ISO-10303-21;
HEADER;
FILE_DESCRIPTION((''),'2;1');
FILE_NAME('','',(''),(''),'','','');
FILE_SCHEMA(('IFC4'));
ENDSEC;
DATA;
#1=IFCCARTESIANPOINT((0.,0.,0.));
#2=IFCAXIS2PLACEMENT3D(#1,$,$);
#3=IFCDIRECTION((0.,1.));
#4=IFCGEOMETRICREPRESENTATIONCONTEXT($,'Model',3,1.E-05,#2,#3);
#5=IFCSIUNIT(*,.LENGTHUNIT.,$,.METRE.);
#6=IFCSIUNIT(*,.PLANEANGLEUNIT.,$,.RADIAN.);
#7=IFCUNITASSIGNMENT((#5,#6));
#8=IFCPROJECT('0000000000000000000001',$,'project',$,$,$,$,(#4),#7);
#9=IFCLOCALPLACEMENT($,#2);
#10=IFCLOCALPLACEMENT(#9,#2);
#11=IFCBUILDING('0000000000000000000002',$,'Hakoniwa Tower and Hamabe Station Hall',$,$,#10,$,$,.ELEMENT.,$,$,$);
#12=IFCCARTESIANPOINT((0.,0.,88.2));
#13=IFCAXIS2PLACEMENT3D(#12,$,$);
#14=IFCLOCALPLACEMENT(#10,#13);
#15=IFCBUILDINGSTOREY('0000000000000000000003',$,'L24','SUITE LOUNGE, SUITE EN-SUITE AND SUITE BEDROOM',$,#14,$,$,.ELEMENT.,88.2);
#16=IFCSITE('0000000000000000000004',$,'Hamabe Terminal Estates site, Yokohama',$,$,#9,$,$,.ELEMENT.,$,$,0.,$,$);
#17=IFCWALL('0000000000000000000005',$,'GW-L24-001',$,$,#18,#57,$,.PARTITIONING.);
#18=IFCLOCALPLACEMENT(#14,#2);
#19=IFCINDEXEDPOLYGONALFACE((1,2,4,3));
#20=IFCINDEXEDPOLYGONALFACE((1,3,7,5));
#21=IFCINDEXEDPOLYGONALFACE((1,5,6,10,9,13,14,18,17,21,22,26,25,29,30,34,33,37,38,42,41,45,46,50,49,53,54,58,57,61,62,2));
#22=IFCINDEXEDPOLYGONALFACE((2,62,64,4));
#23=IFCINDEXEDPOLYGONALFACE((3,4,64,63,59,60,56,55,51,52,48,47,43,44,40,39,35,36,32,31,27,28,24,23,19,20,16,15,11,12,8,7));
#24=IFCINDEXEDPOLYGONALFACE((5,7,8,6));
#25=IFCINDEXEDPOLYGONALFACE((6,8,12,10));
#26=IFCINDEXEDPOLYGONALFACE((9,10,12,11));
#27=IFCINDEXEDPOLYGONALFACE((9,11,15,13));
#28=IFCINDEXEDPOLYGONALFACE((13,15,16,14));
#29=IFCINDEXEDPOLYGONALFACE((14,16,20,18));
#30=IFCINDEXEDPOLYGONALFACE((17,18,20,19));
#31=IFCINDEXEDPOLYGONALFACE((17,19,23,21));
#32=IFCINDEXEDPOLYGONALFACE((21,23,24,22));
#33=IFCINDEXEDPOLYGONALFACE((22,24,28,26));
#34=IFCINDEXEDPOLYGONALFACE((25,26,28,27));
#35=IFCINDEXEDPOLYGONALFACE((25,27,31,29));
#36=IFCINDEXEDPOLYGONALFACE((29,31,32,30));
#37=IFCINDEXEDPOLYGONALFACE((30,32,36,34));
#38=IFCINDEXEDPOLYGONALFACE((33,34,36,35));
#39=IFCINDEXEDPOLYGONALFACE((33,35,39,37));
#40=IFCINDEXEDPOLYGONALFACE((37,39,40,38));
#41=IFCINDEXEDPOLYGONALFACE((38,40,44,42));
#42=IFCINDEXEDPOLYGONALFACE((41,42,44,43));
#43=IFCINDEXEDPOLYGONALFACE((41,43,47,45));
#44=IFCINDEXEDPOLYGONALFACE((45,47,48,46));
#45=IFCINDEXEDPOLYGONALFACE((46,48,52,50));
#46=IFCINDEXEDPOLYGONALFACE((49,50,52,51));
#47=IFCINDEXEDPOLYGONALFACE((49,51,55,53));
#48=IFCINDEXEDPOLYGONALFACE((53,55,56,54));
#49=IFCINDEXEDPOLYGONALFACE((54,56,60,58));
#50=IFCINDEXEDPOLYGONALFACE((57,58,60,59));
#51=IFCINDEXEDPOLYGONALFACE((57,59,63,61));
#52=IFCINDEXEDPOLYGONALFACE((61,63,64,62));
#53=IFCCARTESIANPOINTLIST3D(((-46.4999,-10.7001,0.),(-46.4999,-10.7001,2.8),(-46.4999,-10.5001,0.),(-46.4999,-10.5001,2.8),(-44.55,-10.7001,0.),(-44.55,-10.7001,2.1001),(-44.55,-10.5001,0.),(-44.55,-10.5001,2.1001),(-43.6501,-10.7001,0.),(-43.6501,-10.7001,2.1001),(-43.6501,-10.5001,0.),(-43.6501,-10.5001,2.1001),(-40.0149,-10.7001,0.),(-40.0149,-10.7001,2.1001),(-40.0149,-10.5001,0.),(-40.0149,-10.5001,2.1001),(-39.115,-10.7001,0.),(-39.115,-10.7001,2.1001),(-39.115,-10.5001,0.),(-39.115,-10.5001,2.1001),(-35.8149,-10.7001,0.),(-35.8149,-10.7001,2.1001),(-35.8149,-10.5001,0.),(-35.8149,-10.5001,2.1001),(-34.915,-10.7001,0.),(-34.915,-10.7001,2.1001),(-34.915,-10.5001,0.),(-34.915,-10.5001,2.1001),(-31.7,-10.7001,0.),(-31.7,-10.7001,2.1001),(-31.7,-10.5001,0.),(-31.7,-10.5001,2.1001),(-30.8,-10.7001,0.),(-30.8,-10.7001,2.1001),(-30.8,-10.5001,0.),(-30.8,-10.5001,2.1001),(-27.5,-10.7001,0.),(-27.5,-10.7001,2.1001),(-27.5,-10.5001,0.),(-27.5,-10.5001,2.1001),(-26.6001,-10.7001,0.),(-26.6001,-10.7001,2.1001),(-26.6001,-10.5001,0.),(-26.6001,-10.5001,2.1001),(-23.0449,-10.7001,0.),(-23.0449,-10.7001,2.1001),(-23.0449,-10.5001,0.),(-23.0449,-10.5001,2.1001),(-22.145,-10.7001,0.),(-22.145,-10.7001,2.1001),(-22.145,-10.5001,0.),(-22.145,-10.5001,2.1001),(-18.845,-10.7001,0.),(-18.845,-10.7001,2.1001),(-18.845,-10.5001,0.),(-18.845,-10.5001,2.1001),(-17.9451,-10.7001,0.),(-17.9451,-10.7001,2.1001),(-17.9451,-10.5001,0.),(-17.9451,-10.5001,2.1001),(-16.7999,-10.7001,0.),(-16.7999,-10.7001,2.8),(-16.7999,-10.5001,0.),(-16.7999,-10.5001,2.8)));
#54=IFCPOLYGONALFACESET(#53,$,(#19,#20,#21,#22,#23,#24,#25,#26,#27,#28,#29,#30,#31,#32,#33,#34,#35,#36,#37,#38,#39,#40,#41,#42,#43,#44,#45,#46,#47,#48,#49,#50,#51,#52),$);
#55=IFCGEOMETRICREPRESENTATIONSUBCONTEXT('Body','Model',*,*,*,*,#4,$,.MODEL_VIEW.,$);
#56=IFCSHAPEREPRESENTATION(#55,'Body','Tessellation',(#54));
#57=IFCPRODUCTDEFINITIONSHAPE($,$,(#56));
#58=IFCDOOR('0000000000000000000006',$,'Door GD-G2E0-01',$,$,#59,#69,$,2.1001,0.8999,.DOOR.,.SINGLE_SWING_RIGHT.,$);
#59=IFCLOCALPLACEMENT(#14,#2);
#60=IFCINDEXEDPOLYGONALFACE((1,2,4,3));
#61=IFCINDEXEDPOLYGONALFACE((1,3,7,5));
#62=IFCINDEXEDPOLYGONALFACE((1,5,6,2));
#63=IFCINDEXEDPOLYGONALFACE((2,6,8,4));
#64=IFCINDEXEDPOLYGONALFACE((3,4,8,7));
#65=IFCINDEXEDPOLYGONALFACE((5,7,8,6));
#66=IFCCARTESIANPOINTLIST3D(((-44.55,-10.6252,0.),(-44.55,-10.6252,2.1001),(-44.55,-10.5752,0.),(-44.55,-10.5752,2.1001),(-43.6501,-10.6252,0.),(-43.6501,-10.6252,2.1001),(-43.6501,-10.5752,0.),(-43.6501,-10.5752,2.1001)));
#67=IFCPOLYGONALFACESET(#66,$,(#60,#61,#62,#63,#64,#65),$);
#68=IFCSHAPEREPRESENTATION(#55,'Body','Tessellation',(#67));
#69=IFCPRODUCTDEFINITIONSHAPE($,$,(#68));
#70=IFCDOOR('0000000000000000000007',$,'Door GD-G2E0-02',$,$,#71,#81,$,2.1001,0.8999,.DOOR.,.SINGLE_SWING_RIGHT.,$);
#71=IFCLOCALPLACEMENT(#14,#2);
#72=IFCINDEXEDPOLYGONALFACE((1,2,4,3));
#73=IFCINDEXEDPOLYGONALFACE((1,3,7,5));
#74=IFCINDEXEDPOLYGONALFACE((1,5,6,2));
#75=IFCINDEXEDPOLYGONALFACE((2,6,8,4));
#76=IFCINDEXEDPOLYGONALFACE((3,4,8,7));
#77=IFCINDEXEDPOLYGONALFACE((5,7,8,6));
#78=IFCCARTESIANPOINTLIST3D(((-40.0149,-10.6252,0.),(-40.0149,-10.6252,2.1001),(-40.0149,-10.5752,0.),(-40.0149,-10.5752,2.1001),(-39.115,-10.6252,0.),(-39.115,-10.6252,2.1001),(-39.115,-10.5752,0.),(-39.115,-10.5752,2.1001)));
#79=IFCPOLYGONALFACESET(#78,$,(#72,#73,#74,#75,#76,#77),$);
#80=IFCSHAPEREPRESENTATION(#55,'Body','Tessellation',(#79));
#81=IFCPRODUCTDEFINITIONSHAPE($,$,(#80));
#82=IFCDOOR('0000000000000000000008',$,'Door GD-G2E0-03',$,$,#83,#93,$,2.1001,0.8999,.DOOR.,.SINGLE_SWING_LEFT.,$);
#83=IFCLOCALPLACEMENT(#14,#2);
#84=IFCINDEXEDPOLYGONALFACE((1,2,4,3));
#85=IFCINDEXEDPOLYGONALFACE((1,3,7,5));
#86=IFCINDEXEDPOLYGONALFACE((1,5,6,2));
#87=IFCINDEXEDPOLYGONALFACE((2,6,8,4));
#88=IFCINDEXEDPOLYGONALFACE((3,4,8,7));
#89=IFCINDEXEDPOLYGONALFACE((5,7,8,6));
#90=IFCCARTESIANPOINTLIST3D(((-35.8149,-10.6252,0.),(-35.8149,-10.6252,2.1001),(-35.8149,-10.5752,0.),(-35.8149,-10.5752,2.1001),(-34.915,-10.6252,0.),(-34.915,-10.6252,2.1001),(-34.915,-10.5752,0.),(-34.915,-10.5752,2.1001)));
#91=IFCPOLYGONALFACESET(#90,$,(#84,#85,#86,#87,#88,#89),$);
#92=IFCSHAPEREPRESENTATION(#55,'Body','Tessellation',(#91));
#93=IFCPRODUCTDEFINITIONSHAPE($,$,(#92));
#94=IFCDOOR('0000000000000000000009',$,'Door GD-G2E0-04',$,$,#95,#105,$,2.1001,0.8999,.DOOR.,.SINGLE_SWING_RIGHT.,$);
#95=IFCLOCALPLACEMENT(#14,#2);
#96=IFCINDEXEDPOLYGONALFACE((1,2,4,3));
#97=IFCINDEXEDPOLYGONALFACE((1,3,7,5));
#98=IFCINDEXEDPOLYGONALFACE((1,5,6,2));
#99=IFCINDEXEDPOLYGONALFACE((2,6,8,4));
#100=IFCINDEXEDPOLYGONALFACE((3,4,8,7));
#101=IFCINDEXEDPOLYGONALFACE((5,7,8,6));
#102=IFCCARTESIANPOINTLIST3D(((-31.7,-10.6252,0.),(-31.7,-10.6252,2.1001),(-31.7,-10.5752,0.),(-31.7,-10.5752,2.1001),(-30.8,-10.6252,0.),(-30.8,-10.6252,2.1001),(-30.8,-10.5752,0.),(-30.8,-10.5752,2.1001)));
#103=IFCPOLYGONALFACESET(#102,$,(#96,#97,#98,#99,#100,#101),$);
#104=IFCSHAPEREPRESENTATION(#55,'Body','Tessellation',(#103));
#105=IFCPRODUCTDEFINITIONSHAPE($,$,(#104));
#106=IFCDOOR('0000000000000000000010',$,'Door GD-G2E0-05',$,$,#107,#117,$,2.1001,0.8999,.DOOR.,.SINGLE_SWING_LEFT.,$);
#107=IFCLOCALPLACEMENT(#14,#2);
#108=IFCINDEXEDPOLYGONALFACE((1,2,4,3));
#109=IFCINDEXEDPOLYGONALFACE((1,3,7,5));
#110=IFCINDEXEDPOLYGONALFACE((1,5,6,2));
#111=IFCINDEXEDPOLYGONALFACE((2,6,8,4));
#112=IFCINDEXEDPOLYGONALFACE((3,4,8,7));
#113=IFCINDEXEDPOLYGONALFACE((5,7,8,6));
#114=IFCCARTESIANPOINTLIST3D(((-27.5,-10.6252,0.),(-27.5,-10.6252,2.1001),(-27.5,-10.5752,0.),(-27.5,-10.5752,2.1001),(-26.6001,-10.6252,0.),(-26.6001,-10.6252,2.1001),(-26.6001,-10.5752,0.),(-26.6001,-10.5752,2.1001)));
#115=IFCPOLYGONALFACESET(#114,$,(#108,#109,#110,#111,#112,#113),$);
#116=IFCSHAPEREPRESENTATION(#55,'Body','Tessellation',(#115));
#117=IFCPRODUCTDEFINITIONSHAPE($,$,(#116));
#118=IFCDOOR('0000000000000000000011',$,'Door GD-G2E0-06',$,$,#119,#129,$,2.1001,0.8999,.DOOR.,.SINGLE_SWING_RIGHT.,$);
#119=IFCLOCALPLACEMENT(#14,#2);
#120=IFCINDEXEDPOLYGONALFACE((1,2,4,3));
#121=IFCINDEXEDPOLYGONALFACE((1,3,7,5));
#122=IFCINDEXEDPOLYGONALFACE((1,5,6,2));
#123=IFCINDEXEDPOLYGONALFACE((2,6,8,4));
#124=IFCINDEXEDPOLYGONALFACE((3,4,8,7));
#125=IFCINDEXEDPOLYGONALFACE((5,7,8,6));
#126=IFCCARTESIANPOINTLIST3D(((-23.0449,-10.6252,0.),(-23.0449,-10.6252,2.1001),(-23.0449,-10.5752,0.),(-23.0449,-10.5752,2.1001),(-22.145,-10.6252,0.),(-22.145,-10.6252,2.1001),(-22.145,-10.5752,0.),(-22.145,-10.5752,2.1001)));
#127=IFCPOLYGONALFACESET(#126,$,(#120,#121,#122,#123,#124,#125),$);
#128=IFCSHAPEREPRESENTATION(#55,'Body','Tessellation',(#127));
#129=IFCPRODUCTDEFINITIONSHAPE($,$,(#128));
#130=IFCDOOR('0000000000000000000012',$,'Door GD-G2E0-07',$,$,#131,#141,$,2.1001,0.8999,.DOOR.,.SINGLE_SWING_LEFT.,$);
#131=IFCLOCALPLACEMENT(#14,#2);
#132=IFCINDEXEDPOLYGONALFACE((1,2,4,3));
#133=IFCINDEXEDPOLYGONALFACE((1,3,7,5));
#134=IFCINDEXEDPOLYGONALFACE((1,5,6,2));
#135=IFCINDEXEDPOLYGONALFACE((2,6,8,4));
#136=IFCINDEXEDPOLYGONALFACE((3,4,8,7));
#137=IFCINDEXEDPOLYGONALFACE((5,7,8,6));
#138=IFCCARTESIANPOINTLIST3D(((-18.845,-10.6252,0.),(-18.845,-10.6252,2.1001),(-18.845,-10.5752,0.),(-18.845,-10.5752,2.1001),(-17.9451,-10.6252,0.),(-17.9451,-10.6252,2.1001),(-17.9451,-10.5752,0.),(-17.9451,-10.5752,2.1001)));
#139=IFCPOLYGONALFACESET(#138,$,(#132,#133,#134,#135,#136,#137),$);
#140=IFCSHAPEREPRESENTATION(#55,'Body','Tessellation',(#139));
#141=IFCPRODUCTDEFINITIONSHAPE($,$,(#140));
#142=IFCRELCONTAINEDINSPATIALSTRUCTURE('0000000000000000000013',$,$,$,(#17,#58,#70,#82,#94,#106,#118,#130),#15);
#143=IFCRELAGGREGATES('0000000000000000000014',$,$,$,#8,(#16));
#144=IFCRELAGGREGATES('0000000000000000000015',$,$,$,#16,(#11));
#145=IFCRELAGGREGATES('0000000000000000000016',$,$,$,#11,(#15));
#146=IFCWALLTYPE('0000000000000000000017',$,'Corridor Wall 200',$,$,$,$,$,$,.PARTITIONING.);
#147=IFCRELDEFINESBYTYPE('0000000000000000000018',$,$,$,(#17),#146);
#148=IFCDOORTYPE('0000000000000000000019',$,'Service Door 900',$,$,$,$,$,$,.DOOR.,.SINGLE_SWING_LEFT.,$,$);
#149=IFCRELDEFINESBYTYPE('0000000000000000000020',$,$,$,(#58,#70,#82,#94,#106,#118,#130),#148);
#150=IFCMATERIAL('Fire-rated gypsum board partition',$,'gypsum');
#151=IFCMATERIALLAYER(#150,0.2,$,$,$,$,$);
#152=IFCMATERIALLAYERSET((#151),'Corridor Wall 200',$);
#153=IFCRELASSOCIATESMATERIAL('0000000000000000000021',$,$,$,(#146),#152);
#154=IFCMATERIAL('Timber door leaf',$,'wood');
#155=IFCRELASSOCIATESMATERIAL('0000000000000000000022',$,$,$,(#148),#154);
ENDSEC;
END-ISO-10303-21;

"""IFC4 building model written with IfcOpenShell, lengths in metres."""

from ifc_helpers import new_model, si_unit, direction, frame, frame_2d, origin, place, context, subcontext, project, spatial, rectangle, extrude, material, layer, layer_set, type_object, element, fill, save


model = new_model("IFC4")

# Units and contexts
model_context = context("Model", 3, precision=1e-05, world=origin(), true_north=direction((0.0, 1.0)))
body_context = subcontext(model_context, "Body", "Model", "MODEL_VIEW")
ifc_project = project(units=[si_unit("LENGTHUNIT", "METRE"), si_unit("PLANEANGLEUNIT", "RADIAN")], contexts=[model_context])

# Site, building, storey
site_placement = place(None, origin())
site = spatial("IfcSite", under=ifc_project, at=site_placement, Name="Hamabe Terminal Estates site, Yokohama", CompositionType="ELEMENT", RefElevation=0.0)
building_placement = place(site_placement, origin())
building = spatial("IfcBuilding", under=site, at=building_placement, Name="Hakoniwa Tower and Hamabe Station Hall", CompositionType="ELEMENT")
storey_placement = place(building_placement, frame((0.0, 0.0, 88.2)))
storey = spatial("IfcBuildingStorey", under=building, at=storey_placement, Name="L24", Description="SUITE LOUNGE, SUITE EN-SUITE AND SUITE BEDROOM", CompositionType="ELEMENT", Elevation=88.2)

# Wall, openings, doors
ifc_material_1 = material(Name="Fire-rated gypsum board partition", Category="gypsum")
ifc_layer_1 = layer(ifc_material_1, 0.2)
ifc_layer_set_1 = layer_set([ifc_layer_1], Name="Corridor Wall 200")
wall_type_1 = type_object("IfcWallType", Name="Corridor Wall 200", PredefinedType="PARTITIONING", material=ifc_layer_set_1)
wall_1_placement = place(storey_placement, frame((-46.5, -10.6001, 0.0), z_axis=(0.0, 0.0, 1.0), x_axis=(1.0, 0.0, 0.0)))
wall_1 = element("IfcWall", 1, at=wall_1_placement, inside=storey, type_object=wall_type_1, Name="GW-L24-001", PredefinedType="PARTITIONING", context=body_context, shape_type="SweptSolid", body=[
    extrude(rectangle(XDim=29.7, YDim=0.2, at=frame_2d((14.8501, 0.0))), origin(), (0.0, 0.0, 1.0), 2.8),
])
opening_1_placement = place(wall_1_placement, frame((1.95, 0.0, 0.0)))
opening_1 = element("IfcOpeningElement", 2, at=opening_1_placement, cuts=wall_1, PredefinedType="OPENING", context=body_context, shape_type="SweptSolid", body=[
    extrude(rectangle(XDim=0.8999, YDim=2.1001, at=frame_2d((0.45, 1.05))), frame((0.0, 0.1099, 0.0), z_axis=(0.0, -1.0, 0.0), x_axis=(1.0, 0.0, 0.0)), (0.0, 0.0, 1.0), 0.22),
])
opening_2_placement = place(wall_1_placement, frame((6.4851, 0.0, 0.0)))
opening_2 = element("IfcOpeningElement", 3, at=opening_2_placement, cuts=wall_1, PredefinedType="OPENING", context=body_context, shape_type="SweptSolid", body=[
    extrude(rectangle(XDim=0.8999, YDim=2.1001, at=frame_2d((0.45, 1.05))), frame((0.0, 0.1099, 0.0), z_axis=(0.0, -1.0, 0.0), x_axis=(1.0, 0.0, 0.0)), (0.0, 0.0, 1.0), 0.22),
])
opening_3_placement = place(wall_1_placement, frame((10.6851, 0.0, 0.0)))
opening_3 = element("IfcOpeningElement", 4, at=opening_3_placement, cuts=wall_1, PredefinedType="OPENING", context=body_context, shape_type="SweptSolid", body=[
    extrude(rectangle(XDim=0.8999, YDim=2.1001, at=frame_2d((0.45, 1.05))), frame((0.0, 0.1099, 0.0), z_axis=(0.0, -1.0, 0.0), x_axis=(1.0, 0.0, 0.0)), (0.0, 0.0, 1.0), 0.22),
])
opening_4_placement = place(wall_1_placement, frame((14.8, 0.0, 0.0)))
opening_4 = element("IfcOpeningElement", 5, at=opening_4_placement, cuts=wall_1, PredefinedType="OPENING", context=body_context, shape_type="SweptSolid", body=[
    extrude(rectangle(XDim=0.8999, YDim=2.1001, at=frame_2d((0.45, 1.05))), frame((0.0, 0.1099, 0.0), z_axis=(0.0, -1.0, 0.0), x_axis=(1.0, 0.0, 0.0)), (0.0, 0.0, 1.0), 0.22),
])
opening_5_placement = place(wall_1_placement, frame((19.0, 0.0, 0.0)))
opening_5 = element("IfcOpeningElement", 6, at=opening_5_placement, cuts=wall_1, PredefinedType="OPENING", context=body_context, shape_type="SweptSolid", body=[
    extrude(rectangle(XDim=0.8999, YDim=2.1001, at=frame_2d((0.45, 1.05))), frame((0.0, 0.1099, 0.0), z_axis=(0.0, -1.0, 0.0), x_axis=(1.0, 0.0, 0.0)), (0.0, 0.0, 1.0), 0.22),
])
opening_6_placement = place(wall_1_placement, frame((23.4551, 0.0, 0.0)))
opening_6 = element("IfcOpeningElement", 7, at=opening_6_placement, cuts=wall_1, PredefinedType="OPENING", context=body_context, shape_type="SweptSolid", body=[
    extrude(rectangle(XDim=0.8999, YDim=2.1001, at=frame_2d((0.45, 1.05))), frame((0.0, 0.1099, 0.0), z_axis=(0.0, -1.0, 0.0), x_axis=(1.0, 0.0, 0.0)), (0.0, 0.0, 1.0), 0.22),
])
opening_7_placement = place(wall_1_placement, frame((27.655, 0.0, 0.0)))
opening_7 = element("IfcOpeningElement", 8, at=opening_7_placement, cuts=wall_1, PredefinedType="OPENING", context=body_context, shape_type="SweptSolid", body=[
    extrude(rectangle(XDim=0.8999, YDim=2.1001, at=frame_2d((0.45, 1.05))), frame((0.0, 0.1099, 0.0), z_axis=(0.0, -1.0, 0.0), x_axis=(1.0, 0.0, 0.0)), (0.0, 0.0, 1.0), 0.22),
])
ifc_material_2 = material(Name="Timber door leaf", Category="wood")
door_type_1 = type_object("IfcDoorType", Name="Service Door 900", OperationType="SINGLE_SWING_LEFT", PredefinedType="DOOR", material=ifc_material_2)
door_1_placement = place(opening_1_placement, origin())
door_1 = element("IfcDoor", 9, at=door_1_placement, inside=storey, type_object=door_type_1, Name="Door GD-G2E0-01", OperationType="SINGLE_SWING_RIGHT", OverallHeight=2.1001, OverallWidth=0.8999, PredefinedType="DOOR", context=body_context, shape_type="SweptSolid", body=[
    extrude(rectangle(XDim=0.8999, YDim=2.1001, at=frame_2d((0.45, 1.05))), frame((0.0, 0.0249, 0.0), z_axis=(0.0, -1.0, 0.0), x_axis=(1.0, 0.0, 0.0)), (0.0, 0.0, 1.0), 0.05),
])
fill(opening_1, door_1)
door_2_placement = place(opening_2_placement, origin())
door_2 = element("IfcDoor", 10, at=door_2_placement, inside=storey, type_object=door_type_1, Name="Door GD-G2E0-02", OperationType="SINGLE_SWING_RIGHT", OverallHeight=2.1001, OverallWidth=0.8999, PredefinedType="DOOR", context=body_context, shape_type="SweptSolid", body=[
    extrude(rectangle(XDim=0.8999, YDim=2.1001, at=frame_2d((0.45, 1.05))), frame((0.0, 0.0249, 0.0), z_axis=(0.0, -1.0, 0.0), x_axis=(1.0, 0.0, 0.0)), (0.0, 0.0, 1.0), 0.05),
])
fill(opening_2, door_2)
door_3_placement = place(opening_3_placement, origin())
door_3 = element("IfcDoor", 11, at=door_3_placement, inside=storey, type_object=door_type_1, Name="Door GD-G2E0-03", OperationType="SINGLE_SWING_LEFT", OverallHeight=2.1001, OverallWidth=0.8999, PredefinedType="DOOR", context=body_context, shape_type="SweptSolid", body=[
    extrude(rectangle(XDim=0.8999, YDim=2.1001, at=frame_2d((0.45, 1.05))), frame((0.0, 0.0249, 0.0), z_axis=(0.0, -1.0, 0.0), x_axis=(1.0, 0.0, 0.0)), (0.0, 0.0, 1.0), 0.05),
])
fill(opening_3, door_3)
door_4_placement = place(opening_4_placement, origin())
door_4 = element("IfcDoor", 12, at=door_4_placement, inside=storey, type_object=door_type_1, Name="Door GD-G2E0-04", OperationType="SINGLE_SWING_RIGHT", OverallHeight=2.1001, OverallWidth=0.8999, PredefinedType="DOOR", context=body_context, shape_type="SweptSolid", body=[
    extrude(rectangle(XDim=0.8999, YDim=2.1001, at=frame_2d((0.45, 1.05))), frame((0.0, 0.0249, 0.0), z_axis=(0.0, -1.0, 0.0), x_axis=(1.0, 0.0, 0.0)), (0.0, 0.0, 1.0), 0.05),
])
fill(opening_4, door_4)
door_5_placement = place(opening_5_placement, origin())
door_5 = element("IfcDoor", 13, at=door_5_placement, inside=storey, type_object=door_type_1, Name="Door GD-G2E0-05", OperationType="SINGLE_SWING_LEFT", OverallHeight=2.1001, OverallWidth=0.8999, PredefinedType="DOOR", context=body_context, shape_type="SweptSolid", body=[
    extrude(rectangle(XDim=0.8999, YDim=2.1001, at=frame_2d((0.45, 1.05))), frame((0.0, 0.0249, 0.0), z_axis=(0.0, -1.0, 0.0), x_axis=(1.0, 0.0, 0.0)), (0.0, 0.0, 1.0), 0.05),
])
fill(opening_5, door_5)
door_6_placement = place(opening_6_placement, origin())
door_6 = element("IfcDoor", 14, at=door_6_placement, inside=storey, type_object=door_type_1, Name="Door GD-G2E0-06", OperationType="SINGLE_SWING_RIGHT", OverallHeight=2.1001, OverallWidth=0.8999, PredefinedType="DOOR", context=body_context, shape_type="SweptSolid", body=[
    extrude(rectangle(XDim=0.8999, YDim=2.1001, at=frame_2d((0.45, 1.05))), frame((0.0, 0.0249, 0.0), z_axis=(0.0, -1.0, 0.0), x_axis=(1.0, 0.0, 0.0)), (0.0, 0.0, 1.0), 0.05),
])
fill(opening_6, door_6)
door_7_placement = place(opening_7_placement, origin())
door_7 = element("IfcDoor", 15, at=door_7_placement, inside=storey, type_object=door_type_1, Name="Door GD-G2E0-07", OperationType="SINGLE_SWING_LEFT", OverallHeight=2.1001, OverallWidth=0.8999, PredefinedType="DOOR", context=body_context, shape_type="SweptSolid", body=[
    extrude(rectangle(XDim=0.8999, YDim=2.1001, at=frame_2d((0.45, 1.05))), frame((0.0, 0.0249, 0.0), z_axis=(0.0, -1.0, 0.0), x_axis=(1.0, 0.0, 0.0)), (0.0, 0.0, 1.0), 0.05),
])
fill(opening_7, door_7)

save(model, "model.ifc")
